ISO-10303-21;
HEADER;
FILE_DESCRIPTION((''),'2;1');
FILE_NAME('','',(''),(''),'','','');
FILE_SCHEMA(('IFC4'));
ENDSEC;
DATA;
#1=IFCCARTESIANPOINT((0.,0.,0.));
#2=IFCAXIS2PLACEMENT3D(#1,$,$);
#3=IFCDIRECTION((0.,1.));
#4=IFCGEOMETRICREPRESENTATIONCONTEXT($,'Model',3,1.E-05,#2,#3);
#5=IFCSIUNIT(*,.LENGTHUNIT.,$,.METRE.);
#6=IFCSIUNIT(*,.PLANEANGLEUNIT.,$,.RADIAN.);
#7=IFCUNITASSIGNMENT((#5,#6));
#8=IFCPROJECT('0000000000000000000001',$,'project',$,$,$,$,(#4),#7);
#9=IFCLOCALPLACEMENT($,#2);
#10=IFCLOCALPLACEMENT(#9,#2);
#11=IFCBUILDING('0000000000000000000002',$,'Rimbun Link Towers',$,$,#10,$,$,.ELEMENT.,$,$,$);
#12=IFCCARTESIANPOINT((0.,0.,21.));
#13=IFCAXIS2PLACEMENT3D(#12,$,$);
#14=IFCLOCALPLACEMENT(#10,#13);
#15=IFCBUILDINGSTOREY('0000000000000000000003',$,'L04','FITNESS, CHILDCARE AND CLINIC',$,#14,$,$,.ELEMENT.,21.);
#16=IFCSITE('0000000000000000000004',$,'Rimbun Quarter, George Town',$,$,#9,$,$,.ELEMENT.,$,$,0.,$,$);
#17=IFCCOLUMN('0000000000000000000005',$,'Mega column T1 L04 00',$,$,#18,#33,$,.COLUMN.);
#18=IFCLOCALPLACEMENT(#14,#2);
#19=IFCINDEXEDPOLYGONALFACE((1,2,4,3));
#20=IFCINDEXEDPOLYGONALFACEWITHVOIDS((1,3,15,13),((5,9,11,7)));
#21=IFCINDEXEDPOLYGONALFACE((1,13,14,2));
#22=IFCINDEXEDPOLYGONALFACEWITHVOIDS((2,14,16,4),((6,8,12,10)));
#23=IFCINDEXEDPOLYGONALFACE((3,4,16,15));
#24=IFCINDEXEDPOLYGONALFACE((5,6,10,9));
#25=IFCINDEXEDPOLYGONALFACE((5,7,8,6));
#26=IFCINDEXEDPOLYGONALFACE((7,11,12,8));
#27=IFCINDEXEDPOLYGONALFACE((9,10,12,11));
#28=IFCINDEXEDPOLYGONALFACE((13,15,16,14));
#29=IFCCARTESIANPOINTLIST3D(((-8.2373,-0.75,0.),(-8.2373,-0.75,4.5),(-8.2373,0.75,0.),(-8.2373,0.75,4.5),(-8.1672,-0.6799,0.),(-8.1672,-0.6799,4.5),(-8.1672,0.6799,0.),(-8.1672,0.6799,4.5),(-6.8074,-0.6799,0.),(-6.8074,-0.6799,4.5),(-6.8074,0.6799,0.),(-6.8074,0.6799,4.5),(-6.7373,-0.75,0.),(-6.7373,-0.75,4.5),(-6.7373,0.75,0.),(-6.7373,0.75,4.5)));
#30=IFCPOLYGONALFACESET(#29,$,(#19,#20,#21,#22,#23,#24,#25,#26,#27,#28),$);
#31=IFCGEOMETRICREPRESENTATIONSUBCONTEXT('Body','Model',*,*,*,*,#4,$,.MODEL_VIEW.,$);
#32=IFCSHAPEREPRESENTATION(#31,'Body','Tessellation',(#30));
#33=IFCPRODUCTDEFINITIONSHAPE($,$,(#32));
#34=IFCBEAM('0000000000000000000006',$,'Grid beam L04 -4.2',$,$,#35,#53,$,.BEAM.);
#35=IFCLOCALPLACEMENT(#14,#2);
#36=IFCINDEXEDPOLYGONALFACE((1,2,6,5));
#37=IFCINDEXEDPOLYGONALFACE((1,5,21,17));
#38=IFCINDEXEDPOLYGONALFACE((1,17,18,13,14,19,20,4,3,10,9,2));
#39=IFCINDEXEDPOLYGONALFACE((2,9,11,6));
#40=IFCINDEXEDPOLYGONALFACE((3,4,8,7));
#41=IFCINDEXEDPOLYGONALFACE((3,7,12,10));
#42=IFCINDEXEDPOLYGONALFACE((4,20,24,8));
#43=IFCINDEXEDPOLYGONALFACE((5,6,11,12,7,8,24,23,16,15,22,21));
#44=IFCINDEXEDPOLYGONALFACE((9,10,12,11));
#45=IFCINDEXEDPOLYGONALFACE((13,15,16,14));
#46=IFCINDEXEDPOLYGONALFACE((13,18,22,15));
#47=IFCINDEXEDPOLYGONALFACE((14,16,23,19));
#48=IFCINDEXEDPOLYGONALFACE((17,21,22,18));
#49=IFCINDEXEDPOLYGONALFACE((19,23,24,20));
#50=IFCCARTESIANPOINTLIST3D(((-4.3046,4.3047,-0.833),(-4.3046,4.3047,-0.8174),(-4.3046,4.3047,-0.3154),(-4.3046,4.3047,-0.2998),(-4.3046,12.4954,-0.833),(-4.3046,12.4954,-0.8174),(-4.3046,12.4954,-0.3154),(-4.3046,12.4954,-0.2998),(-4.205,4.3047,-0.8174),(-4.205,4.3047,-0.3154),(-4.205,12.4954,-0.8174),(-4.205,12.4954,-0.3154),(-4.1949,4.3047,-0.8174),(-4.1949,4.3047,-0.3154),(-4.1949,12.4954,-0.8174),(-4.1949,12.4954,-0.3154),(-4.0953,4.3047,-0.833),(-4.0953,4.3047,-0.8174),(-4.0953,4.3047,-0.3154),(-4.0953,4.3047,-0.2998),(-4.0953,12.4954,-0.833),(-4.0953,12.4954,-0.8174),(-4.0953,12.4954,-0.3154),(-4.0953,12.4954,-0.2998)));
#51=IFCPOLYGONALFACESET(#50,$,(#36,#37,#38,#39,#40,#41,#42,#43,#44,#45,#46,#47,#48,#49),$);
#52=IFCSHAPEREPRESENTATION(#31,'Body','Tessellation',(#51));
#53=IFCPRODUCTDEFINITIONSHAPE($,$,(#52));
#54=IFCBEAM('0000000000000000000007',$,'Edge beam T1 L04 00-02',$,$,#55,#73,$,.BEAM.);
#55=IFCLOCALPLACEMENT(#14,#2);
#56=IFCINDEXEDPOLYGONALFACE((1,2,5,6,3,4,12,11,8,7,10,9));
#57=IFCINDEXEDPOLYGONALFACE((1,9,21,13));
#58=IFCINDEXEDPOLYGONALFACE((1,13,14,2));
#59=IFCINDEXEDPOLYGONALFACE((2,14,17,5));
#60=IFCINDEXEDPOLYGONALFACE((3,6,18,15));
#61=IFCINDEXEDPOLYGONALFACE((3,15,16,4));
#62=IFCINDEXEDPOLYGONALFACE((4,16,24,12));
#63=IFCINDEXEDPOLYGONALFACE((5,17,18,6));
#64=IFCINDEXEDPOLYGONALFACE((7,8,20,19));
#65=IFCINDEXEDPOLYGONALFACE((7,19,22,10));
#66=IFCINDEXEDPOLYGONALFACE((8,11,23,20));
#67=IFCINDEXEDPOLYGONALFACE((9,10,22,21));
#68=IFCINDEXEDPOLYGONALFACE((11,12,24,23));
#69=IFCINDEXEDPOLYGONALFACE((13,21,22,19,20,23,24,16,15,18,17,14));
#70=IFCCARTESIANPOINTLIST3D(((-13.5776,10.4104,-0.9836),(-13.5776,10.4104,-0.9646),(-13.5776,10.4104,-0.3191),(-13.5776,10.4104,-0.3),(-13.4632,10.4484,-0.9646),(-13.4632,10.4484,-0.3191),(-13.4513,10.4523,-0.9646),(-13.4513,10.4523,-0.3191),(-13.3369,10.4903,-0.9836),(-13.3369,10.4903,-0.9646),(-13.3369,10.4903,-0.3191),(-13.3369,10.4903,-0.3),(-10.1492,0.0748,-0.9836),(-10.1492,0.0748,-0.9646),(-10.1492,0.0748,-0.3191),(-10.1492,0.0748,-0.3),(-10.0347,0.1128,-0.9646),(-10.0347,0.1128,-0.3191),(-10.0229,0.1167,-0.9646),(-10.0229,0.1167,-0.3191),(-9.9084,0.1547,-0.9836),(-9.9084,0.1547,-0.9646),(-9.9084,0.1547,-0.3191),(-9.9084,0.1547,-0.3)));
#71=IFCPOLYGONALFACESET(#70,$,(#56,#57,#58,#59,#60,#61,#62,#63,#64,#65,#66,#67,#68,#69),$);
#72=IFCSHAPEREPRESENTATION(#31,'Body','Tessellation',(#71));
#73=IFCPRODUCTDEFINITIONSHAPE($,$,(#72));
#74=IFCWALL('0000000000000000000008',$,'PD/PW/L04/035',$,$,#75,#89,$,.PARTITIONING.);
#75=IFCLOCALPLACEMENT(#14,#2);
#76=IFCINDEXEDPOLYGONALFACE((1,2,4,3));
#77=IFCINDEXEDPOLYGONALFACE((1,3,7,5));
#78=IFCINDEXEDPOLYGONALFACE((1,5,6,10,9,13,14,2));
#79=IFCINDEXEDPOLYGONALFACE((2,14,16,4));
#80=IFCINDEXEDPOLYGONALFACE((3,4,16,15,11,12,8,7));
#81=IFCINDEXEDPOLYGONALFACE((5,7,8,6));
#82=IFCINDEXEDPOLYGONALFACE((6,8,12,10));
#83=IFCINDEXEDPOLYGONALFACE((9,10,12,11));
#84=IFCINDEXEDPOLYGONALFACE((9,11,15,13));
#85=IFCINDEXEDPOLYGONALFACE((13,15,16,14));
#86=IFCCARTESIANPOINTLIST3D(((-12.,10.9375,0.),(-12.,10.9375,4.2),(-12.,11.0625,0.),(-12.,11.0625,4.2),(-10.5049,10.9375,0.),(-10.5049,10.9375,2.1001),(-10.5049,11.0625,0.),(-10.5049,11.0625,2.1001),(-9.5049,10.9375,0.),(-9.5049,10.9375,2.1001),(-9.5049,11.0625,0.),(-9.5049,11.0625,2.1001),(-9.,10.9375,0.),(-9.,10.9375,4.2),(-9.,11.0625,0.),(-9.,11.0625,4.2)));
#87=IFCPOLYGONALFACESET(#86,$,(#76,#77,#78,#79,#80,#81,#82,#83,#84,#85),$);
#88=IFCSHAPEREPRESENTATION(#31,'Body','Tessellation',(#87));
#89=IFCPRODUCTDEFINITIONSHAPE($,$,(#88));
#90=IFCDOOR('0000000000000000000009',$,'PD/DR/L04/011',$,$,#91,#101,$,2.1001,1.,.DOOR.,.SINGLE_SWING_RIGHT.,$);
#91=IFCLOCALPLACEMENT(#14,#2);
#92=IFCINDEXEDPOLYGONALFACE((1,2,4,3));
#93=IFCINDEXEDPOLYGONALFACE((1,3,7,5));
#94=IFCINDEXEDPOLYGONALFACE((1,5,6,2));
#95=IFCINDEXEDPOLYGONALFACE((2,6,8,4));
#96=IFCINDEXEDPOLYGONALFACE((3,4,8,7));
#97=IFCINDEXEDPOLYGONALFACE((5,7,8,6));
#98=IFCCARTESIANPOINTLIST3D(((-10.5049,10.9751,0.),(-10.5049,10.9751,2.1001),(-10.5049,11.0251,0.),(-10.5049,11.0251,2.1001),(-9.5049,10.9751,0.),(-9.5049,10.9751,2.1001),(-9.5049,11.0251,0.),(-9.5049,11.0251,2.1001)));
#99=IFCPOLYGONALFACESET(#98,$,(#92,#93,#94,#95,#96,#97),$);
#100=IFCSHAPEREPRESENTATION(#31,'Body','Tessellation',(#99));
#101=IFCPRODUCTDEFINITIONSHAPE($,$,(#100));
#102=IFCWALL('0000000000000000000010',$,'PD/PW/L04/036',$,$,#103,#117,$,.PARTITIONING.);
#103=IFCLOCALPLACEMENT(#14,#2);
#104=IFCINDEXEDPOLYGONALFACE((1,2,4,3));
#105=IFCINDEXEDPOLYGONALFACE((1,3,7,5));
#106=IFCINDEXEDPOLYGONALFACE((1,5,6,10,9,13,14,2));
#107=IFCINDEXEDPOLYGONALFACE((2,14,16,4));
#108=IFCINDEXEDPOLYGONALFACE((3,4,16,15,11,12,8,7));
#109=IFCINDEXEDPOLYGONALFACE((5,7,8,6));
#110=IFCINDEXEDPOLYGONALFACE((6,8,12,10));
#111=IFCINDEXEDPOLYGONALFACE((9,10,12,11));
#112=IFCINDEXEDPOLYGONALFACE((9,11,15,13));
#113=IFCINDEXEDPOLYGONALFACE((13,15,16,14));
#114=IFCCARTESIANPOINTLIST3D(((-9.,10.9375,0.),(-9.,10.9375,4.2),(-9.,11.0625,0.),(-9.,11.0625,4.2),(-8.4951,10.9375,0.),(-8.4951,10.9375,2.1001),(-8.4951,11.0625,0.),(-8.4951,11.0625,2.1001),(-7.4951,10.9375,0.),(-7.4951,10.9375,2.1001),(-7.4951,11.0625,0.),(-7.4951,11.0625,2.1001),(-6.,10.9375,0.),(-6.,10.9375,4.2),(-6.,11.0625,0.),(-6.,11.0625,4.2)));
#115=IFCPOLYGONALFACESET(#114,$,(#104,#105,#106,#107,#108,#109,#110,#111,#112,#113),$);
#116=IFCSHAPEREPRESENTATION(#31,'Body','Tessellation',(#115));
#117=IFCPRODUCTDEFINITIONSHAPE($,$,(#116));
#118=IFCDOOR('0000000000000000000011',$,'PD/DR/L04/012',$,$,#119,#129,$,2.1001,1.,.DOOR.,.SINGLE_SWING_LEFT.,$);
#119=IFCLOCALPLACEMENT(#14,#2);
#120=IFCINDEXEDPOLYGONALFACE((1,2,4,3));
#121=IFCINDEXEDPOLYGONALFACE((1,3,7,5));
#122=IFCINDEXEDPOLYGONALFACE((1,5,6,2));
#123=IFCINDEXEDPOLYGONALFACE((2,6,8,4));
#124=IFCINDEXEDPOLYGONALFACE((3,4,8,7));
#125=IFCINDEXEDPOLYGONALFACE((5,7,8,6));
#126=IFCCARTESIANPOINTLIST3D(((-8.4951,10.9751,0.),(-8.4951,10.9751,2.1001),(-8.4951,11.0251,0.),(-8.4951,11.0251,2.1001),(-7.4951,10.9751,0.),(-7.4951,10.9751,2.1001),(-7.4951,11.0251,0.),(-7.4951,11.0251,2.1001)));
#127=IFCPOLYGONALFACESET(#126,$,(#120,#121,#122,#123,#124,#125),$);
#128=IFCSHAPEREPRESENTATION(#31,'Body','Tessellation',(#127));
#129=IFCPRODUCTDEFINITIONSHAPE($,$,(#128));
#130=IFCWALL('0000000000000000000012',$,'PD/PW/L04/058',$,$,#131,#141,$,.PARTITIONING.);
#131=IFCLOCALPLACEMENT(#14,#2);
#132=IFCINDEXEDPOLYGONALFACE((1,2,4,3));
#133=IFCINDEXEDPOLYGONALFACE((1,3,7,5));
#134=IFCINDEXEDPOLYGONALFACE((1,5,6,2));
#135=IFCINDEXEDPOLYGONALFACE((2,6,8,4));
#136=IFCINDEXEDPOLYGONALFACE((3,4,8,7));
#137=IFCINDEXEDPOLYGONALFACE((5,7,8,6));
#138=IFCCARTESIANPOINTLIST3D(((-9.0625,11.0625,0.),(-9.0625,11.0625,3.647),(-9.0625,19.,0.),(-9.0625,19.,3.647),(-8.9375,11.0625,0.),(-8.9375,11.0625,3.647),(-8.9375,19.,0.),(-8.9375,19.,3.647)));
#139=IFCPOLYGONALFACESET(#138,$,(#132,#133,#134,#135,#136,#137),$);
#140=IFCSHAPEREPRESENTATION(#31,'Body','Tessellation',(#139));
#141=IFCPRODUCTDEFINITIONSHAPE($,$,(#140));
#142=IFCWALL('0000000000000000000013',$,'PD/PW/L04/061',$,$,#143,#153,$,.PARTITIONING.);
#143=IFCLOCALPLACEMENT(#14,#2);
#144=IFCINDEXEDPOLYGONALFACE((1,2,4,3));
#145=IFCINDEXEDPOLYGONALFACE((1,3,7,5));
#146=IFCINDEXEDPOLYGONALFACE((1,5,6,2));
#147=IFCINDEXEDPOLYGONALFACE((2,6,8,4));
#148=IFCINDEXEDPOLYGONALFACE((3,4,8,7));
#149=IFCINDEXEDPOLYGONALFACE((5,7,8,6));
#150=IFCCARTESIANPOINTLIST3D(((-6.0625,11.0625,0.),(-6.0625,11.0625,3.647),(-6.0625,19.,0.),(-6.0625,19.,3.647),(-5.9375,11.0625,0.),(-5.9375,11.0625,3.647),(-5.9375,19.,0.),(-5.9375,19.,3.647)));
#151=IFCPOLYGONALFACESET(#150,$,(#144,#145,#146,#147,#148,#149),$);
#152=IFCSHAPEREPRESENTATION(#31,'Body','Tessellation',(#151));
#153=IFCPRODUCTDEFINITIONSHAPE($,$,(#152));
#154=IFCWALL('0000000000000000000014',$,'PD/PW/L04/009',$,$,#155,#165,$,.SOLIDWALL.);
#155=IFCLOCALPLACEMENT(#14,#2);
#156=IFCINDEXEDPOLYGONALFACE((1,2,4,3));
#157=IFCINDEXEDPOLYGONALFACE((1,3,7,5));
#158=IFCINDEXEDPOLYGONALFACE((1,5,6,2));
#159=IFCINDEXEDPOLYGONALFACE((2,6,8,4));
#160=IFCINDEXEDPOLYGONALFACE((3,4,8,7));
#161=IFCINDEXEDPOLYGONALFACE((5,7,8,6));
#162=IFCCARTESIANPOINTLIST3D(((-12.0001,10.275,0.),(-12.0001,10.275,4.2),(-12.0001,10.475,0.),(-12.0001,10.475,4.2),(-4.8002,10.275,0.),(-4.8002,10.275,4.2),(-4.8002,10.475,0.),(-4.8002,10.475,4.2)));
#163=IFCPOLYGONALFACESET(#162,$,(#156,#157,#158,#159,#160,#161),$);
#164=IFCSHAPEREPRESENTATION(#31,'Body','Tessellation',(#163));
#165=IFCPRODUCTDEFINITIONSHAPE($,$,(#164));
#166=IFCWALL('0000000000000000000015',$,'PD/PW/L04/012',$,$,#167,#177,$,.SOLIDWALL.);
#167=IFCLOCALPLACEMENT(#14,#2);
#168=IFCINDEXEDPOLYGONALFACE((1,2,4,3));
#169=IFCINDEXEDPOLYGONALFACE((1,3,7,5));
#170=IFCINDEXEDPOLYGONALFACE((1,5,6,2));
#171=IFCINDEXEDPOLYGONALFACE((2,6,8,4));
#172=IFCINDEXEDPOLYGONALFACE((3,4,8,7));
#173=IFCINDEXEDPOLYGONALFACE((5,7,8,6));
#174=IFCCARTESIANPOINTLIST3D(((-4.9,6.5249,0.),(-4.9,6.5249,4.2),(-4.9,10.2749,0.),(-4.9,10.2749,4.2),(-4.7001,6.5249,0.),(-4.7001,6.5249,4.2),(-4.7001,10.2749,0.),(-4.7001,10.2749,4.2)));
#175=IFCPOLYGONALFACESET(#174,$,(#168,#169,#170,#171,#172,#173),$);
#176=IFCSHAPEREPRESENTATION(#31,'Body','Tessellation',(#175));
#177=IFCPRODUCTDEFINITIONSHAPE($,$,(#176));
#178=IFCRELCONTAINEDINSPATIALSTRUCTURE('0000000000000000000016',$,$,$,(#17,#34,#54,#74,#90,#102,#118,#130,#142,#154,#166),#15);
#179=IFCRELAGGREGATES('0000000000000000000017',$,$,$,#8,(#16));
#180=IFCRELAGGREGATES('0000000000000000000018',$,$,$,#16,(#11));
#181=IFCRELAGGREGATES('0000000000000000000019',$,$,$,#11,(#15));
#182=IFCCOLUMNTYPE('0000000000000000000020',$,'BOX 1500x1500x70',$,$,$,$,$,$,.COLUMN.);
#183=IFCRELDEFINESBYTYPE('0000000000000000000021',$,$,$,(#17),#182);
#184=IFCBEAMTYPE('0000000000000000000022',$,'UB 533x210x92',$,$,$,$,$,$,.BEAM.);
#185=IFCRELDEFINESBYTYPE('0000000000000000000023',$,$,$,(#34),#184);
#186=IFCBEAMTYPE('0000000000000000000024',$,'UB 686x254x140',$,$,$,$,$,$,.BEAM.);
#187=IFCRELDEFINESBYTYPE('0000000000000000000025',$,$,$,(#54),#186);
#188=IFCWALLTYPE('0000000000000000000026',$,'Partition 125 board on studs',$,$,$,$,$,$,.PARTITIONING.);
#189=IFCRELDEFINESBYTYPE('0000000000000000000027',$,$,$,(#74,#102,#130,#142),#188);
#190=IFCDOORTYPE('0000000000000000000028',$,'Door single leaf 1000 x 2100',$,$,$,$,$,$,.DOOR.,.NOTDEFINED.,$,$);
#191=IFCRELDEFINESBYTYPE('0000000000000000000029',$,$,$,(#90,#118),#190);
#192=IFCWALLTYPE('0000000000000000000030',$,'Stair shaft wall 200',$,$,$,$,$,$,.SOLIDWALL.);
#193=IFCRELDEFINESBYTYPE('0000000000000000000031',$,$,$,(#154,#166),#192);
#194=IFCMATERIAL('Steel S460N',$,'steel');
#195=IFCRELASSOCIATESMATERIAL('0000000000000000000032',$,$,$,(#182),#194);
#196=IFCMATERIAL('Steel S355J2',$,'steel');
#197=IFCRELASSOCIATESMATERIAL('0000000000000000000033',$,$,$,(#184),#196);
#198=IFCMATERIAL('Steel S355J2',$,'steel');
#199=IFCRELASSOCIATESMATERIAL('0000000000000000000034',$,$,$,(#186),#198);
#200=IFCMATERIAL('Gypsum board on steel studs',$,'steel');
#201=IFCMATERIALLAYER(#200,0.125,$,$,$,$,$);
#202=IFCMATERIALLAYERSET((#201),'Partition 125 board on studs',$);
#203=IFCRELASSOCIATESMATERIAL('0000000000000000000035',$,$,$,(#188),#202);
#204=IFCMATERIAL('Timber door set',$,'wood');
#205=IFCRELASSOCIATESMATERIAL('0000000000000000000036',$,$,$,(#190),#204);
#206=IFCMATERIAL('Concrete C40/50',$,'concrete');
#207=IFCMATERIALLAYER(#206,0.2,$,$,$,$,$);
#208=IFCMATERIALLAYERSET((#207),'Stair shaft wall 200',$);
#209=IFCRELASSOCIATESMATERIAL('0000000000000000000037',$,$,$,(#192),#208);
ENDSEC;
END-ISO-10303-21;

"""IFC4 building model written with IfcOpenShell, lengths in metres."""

from ifc_helpers import new_model, si_unit, direction, frame, frame_2d, origin, origin_2d, place, context, subcontext, project, spatial, rectangle, hollow_rectangle, i_section, extrude, material, layer, layer_set, material_profile, profile_set, type_object, element, fill, save


model = new_model("IFC4")

# Units and contexts
model_context = context("Model", 3, precision=1e-05, world=origin(), true_north=direction((0.0, 1.0)))
body_context = subcontext(model_context, "Body", "Model", "MODEL_VIEW")
ifc_project = project(units=[si_unit("LENGTHUNIT", "METRE"), si_unit("PLANEANGLEUNIT", "RADIAN")], contexts=[model_context])

# Site, building, storey
site_placement = place(None, origin())
site = spatial("IfcSite", under=ifc_project, at=site_placement, Name="Rimbun Quarter, George Town", CompositionType="ELEMENT", RefElevation=0.0)
building_placement = place(site_placement, origin())
building = spatial("IfcBuilding", under=site, at=building_placement, Name="Rimbun Link Towers", CompositionType="ELEMENT")
storey_placement = place(building_placement, frame((0.0, 0.0, 21.0)))
storey = spatial("IfcBuildingStorey", under=building, at=storey_placement, Name="L04", Description="FITNESS, CHILDCARE AND CLINIC", CompositionType="ELEMENT", Elevation=21.0)

# Column
ifc_material_1 = material(Name="Steel S460N", Category="steel")
ifc_material_profile_1 = material_profile(ifc_material_1, hollow_rectangle(XDim=1.5, YDim=1.5, WallThickness=0.0701, at=origin_2d()), Name="BOX 1500x1500x70")
ifc_profile_set_1 = profile_set([ifc_material_profile_1], Name="Steel S460N")
column_type = type_object("IfcColumnType", Name="BOX 1500x1500x70", PredefinedType="COLUMN", material=ifc_profile_set_1)
column_placement = place(storey_placement, frame((-7.4873, 0.0, 0.0), z_axis=(0.0, 0.0, 1.0), x_axis=(1.0, 0.0, 0.0)))
element("IfcColumn", 1, at=column_placement, inside=storey, type_object=column_type, Name="Mega column T1 L04 00", PredefinedType="COLUMN", context=body_context, shape_type="SweptSolid", body=[
    extrude(hollow_rectangle(XDim=1.5, YDim=1.5, WallThickness=0.0701, at=origin_2d()), origin(), (0.0, 0.0, 1.0), 4.5),
])

# Beams
ifc_material_2 = material(Name="Steel S355J2", Category="steel")
ifc_material_profile_2 = material_profile(ifc_material_2, i_section(OverallWidth=0.2092, OverallDepth=0.5332, WebThickness=0.01, FlangeThickness=0.0156, at=origin_2d()), Name="UB 533x210x92")
ifc_profile_set_2 = profile_set([ifc_material_profile_2], Name="Steel S355J2")
beam_type_1 = type_object("IfcBeamType", Name="UB 533x210x92", PredefinedType="BEAM", material=ifc_profile_set_2)
beam_1_placement = place(storey_placement, frame((-4.2, 4.3047, -0.5664), z_axis=(0.0, 1.0, 0.0), x_axis=(-1.0, 0.0, 0.0)))
element("IfcBeam", 2, at=beam_1_placement, inside=storey, type_object=beam_type_1, Name="Grid beam L04 -4.2", PredefinedType="BEAM", context=body_context, shape_type="SweptSolid", body=[
    extrude(i_section(OverallWidth=0.2092, OverallDepth=0.5332, WebThickness=0.01, FlangeThickness=0.0156, at=origin_2d()), origin(), (0.0, 0.0, 1.0), 8.1907),
])
ifc_material_3 = material(Name="Steel S355J2", Category="steel")
ifc_material_profile_3 = material_profile(ifc_material_3, i_section(OverallWidth=0.2537, OverallDepth=0.6836, WebThickness=0.0125, FlangeThickness=0.019, at=origin_2d()), Name="UB 686x254x140")
ifc_profile_set_3 = profile_set([ifc_material_profile_3], Name="Steel S355J2")
beam_type_2 = type_object("IfcBeamType", Name="UB 686x254x140", PredefinedType="BEAM", material=ifc_profile_set_3)
beam_2_placement = place(storey_placement, frame((-10.0288, 0.1147, -0.6418), z_axis=(-0.314842, 0.949144, 0.0), x_axis=(-0.949144, -0.314842, 0.0)))
element("IfcBeam", 3, at=beam_2_placement, inside=storey, type_object=beam_type_2, Name="Edge beam T1 L04 00-02", PredefinedType="BEAM", context=body_context, shape_type="SweptSolid", body=[
    extrude(i_section(OverallWidth=0.2537, OverallDepth=0.6836, WebThickness=0.0125, FlangeThickness=0.019, at=origin_2d()), origin(), (0.0, 0.0, 1.0), 10.8894),
])

# Walls, openings, doors
ifc_material_4 = material(Name="Gypsum board on steel studs", Category="steel")
ifc_layer_1 = layer(ifc_material_4, 0.125)
ifc_layer_set_1 = layer_set([ifc_layer_1], Name="Partition 125 board on studs")
wall_type_1 = type_object("IfcWallType", Name="Partition 125 board on studs", PredefinedType="PARTITIONING", material=ifc_layer_set_1)
wall_1_placement = place(storey_placement, frame((-9.0, 11.0, 0.0), z_axis=(0.0, 0.0, 1.0), x_axis=(-1.0, 0.0, 0.0)))
wall_1 = element("IfcWall", 4, at=wall_1_placement, inside=storey, type_object=wall_type_1, Name="PD/PW/L04/035", PredefinedType="PARTITIONING", context=body_context, shape_type="SweptSolid", body=[
    extrude(rectangle(XDim=3.0, YDim=0.125, at=frame_2d((1.5, 0.0))), origin(), (0.0, 0.0, 1.0), 4.2),
])
opening_1_placement = place(wall_1_placement, frame((0.5049, 0.0, 0.0)))
opening_1 = element("IfcOpeningElement", 5, at=opening_1_placement, cuts=wall_1, PredefinedType="OPENING", context=body_context, shape_type="SweptSolid", body=[
    extrude(rectangle(XDim=1.0, YDim=2.1001, at=frame_2d((0.5, 1.05))), frame((0.0, 0.0725, 0.0), z_axis=(0.0, -1.0, 0.0), x_axis=(1.0, 0.0, 0.0)), (0.0, 0.0, 1.0), 0.145),
])
ifc_material_5 = material(Name="Timber door set", Category="wood")
door_type_1 = type_object("IfcDoorType", Name="Door single leaf 1000 x 2100", OperationType="NOTDEFINED", PredefinedType="DOOR", material=ifc_material_5)
door_1_placement = place(opening_1_placement, origin())
door_1 = element("IfcDoor", 6, at=door_1_placement, inside=storey, type_object=door_type_1, Name="PD/DR/L04/011", OperationType="SINGLE_SWING_RIGHT", OverallHeight=2.1001, OverallWidth=1.0, PredefinedType="DOOR", context=body_context, shape_type="SweptSolid", body=[
    extrude(rectangle(XDim=1.0, YDim=2.1001, at=frame_2d((0.5, 1.05))), frame((0.0, 0.0249, 0.0), z_axis=(0.0, -1.0, 0.0), x_axis=(1.0, 0.0, 0.0)), (0.0, 0.0, 1.0), 0.05),
])
fill(opening_1, door_1)
wall_2_placement = place(storey_placement, frame((-6.0, 11.0, 0.0), z_axis=(0.0, 0.0, 1.0), x_axis=(-1.0, 0.0, 0.0)))
wall_2 = element("IfcWall", 7, at=wall_2_placement, inside=storey, type_object=wall_type_1, Name="PD/PW/L04/036", PredefinedType="PARTITIONING", context=body_context, shape_type="SweptSolid", body=[
    extrude(rectangle(XDim=3.0, YDim=0.125, at=frame_2d((1.5, 0.0))), origin(), (0.0, 0.0, 1.0), 4.2),
])
opening_2_placement = place(wall_2_placement, frame((1.4951, 0.0, 0.0)))
opening_2 = element("IfcOpeningElement", 8, at=opening_2_placement, cuts=wall_2, PredefinedType="OPENING", context=body_context, shape_type="SweptSolid", body=[
    extrude(rectangle(XDim=1.0, YDim=2.1001, at=frame_2d((0.5, 1.05))), frame((0.0, 0.0725, 0.0), z_axis=(0.0, -1.0, 0.0), x_axis=(1.0, 0.0, 0.0)), (0.0, 0.0, 1.0), 0.145),
])
door_2_placement = place(opening_2_placement, origin())
door_2 = element("IfcDoor", 9, at=door_2_placement, inside=storey, type_object=door_type_1, Name="PD/DR/L04/012", OperationType="SINGLE_SWING_LEFT", OverallHeight=2.1001, OverallWidth=1.0, PredefinedType="DOOR", context=body_context, shape_type="SweptSolid", body=[
    extrude(rectangle(XDim=1.0, YDim=2.1001, at=frame_2d((0.5, 1.05))), frame((0.0, 0.0249, 0.0), z_axis=(0.0, -1.0, 0.0), x_axis=(1.0, 0.0, 0.0)), (0.0, 0.0, 1.0), 0.05),
])
fill(opening_2, door_2)

# Walls
for number, where, z_axis, x_axis, name in (
    (10, (-9.0, 11.0625, 0.0), (0.0, 0.0, 1.0), (0.0, 1.0, 0.0), "PD/PW/L04/058"),
    (11, (-6.0, 11.0625, 0.0), (0.0, 0.0, 1.0), (0.0, 1.0, 0.0), "PD/PW/L04/061"),
):
    element("IfcWall", number, at=place(storey_placement, frame(where, z_axis=z_axis, x_axis=x_axis)), inside=storey, type_object=wall_type_1, Name=name, PredefinedType="PARTITIONING", context=body_context, shape_type="SweptSolid", body=[
        extrude(rectangle(XDim=7.9375, YDim=0.125, at=frame_2d((3.9688, 0.0))), origin(), (0.0, 0.0, 1.0), 3.647),
    ])
ifc_material_6 = material(Name="Concrete C40/50", Category="concrete")
ifc_layer_2 = layer(ifc_material_6, 0.2)
ifc_layer_set_2 = layer_set([ifc_layer_2], Name="Stair shaft wall 200")
wall_type_2 = type_object("IfcWallType", Name="Stair shaft wall 200", PredefinedType="SOLIDWALL", material=ifc_layer_set_2)
wall_3_placement = place(storey_placement, frame((-4.8, 10.375, 0.0), z_axis=(0.0, 0.0, 1.0), x_axis=(-1.0, 0.0, 0.0)))
element("IfcWall", 12, at=wall_3_placement, inside=storey, type_object=wall_type_2, Name="PD/PW/L04/009", PredefinedType="SOLIDWALL", context=body_context, shape_type="SweptSolid", body=[
    extrude(rectangle(XDim=7.2, YDim=0.2, at=frame_2d((3.6001, 0.0))), origin(), (0.0, 0.0, 1.0), 4.2),
])
wall_4_placement = place(storey_placement, frame((-4.8, 6.5249, 0.0), z_axis=(0.0, 0.0, 1.0), x_axis=(0.0, 1.0, 0.0)))
element("IfcWall", 13, at=wall_4_placement, inside=storey, type_object=wall_type_2, Name="PD/PW/L04/012", PredefinedType="SOLIDWALL", context=body_context, shape_type="SweptSolid", body=[
    extrude(rectangle(XDim=3.75, YDim=0.2, at=frame_2d((1.875, 0.0))), origin(), (0.0, 0.0, 1.0), 4.2),
])

save(model, "model.ifc")
